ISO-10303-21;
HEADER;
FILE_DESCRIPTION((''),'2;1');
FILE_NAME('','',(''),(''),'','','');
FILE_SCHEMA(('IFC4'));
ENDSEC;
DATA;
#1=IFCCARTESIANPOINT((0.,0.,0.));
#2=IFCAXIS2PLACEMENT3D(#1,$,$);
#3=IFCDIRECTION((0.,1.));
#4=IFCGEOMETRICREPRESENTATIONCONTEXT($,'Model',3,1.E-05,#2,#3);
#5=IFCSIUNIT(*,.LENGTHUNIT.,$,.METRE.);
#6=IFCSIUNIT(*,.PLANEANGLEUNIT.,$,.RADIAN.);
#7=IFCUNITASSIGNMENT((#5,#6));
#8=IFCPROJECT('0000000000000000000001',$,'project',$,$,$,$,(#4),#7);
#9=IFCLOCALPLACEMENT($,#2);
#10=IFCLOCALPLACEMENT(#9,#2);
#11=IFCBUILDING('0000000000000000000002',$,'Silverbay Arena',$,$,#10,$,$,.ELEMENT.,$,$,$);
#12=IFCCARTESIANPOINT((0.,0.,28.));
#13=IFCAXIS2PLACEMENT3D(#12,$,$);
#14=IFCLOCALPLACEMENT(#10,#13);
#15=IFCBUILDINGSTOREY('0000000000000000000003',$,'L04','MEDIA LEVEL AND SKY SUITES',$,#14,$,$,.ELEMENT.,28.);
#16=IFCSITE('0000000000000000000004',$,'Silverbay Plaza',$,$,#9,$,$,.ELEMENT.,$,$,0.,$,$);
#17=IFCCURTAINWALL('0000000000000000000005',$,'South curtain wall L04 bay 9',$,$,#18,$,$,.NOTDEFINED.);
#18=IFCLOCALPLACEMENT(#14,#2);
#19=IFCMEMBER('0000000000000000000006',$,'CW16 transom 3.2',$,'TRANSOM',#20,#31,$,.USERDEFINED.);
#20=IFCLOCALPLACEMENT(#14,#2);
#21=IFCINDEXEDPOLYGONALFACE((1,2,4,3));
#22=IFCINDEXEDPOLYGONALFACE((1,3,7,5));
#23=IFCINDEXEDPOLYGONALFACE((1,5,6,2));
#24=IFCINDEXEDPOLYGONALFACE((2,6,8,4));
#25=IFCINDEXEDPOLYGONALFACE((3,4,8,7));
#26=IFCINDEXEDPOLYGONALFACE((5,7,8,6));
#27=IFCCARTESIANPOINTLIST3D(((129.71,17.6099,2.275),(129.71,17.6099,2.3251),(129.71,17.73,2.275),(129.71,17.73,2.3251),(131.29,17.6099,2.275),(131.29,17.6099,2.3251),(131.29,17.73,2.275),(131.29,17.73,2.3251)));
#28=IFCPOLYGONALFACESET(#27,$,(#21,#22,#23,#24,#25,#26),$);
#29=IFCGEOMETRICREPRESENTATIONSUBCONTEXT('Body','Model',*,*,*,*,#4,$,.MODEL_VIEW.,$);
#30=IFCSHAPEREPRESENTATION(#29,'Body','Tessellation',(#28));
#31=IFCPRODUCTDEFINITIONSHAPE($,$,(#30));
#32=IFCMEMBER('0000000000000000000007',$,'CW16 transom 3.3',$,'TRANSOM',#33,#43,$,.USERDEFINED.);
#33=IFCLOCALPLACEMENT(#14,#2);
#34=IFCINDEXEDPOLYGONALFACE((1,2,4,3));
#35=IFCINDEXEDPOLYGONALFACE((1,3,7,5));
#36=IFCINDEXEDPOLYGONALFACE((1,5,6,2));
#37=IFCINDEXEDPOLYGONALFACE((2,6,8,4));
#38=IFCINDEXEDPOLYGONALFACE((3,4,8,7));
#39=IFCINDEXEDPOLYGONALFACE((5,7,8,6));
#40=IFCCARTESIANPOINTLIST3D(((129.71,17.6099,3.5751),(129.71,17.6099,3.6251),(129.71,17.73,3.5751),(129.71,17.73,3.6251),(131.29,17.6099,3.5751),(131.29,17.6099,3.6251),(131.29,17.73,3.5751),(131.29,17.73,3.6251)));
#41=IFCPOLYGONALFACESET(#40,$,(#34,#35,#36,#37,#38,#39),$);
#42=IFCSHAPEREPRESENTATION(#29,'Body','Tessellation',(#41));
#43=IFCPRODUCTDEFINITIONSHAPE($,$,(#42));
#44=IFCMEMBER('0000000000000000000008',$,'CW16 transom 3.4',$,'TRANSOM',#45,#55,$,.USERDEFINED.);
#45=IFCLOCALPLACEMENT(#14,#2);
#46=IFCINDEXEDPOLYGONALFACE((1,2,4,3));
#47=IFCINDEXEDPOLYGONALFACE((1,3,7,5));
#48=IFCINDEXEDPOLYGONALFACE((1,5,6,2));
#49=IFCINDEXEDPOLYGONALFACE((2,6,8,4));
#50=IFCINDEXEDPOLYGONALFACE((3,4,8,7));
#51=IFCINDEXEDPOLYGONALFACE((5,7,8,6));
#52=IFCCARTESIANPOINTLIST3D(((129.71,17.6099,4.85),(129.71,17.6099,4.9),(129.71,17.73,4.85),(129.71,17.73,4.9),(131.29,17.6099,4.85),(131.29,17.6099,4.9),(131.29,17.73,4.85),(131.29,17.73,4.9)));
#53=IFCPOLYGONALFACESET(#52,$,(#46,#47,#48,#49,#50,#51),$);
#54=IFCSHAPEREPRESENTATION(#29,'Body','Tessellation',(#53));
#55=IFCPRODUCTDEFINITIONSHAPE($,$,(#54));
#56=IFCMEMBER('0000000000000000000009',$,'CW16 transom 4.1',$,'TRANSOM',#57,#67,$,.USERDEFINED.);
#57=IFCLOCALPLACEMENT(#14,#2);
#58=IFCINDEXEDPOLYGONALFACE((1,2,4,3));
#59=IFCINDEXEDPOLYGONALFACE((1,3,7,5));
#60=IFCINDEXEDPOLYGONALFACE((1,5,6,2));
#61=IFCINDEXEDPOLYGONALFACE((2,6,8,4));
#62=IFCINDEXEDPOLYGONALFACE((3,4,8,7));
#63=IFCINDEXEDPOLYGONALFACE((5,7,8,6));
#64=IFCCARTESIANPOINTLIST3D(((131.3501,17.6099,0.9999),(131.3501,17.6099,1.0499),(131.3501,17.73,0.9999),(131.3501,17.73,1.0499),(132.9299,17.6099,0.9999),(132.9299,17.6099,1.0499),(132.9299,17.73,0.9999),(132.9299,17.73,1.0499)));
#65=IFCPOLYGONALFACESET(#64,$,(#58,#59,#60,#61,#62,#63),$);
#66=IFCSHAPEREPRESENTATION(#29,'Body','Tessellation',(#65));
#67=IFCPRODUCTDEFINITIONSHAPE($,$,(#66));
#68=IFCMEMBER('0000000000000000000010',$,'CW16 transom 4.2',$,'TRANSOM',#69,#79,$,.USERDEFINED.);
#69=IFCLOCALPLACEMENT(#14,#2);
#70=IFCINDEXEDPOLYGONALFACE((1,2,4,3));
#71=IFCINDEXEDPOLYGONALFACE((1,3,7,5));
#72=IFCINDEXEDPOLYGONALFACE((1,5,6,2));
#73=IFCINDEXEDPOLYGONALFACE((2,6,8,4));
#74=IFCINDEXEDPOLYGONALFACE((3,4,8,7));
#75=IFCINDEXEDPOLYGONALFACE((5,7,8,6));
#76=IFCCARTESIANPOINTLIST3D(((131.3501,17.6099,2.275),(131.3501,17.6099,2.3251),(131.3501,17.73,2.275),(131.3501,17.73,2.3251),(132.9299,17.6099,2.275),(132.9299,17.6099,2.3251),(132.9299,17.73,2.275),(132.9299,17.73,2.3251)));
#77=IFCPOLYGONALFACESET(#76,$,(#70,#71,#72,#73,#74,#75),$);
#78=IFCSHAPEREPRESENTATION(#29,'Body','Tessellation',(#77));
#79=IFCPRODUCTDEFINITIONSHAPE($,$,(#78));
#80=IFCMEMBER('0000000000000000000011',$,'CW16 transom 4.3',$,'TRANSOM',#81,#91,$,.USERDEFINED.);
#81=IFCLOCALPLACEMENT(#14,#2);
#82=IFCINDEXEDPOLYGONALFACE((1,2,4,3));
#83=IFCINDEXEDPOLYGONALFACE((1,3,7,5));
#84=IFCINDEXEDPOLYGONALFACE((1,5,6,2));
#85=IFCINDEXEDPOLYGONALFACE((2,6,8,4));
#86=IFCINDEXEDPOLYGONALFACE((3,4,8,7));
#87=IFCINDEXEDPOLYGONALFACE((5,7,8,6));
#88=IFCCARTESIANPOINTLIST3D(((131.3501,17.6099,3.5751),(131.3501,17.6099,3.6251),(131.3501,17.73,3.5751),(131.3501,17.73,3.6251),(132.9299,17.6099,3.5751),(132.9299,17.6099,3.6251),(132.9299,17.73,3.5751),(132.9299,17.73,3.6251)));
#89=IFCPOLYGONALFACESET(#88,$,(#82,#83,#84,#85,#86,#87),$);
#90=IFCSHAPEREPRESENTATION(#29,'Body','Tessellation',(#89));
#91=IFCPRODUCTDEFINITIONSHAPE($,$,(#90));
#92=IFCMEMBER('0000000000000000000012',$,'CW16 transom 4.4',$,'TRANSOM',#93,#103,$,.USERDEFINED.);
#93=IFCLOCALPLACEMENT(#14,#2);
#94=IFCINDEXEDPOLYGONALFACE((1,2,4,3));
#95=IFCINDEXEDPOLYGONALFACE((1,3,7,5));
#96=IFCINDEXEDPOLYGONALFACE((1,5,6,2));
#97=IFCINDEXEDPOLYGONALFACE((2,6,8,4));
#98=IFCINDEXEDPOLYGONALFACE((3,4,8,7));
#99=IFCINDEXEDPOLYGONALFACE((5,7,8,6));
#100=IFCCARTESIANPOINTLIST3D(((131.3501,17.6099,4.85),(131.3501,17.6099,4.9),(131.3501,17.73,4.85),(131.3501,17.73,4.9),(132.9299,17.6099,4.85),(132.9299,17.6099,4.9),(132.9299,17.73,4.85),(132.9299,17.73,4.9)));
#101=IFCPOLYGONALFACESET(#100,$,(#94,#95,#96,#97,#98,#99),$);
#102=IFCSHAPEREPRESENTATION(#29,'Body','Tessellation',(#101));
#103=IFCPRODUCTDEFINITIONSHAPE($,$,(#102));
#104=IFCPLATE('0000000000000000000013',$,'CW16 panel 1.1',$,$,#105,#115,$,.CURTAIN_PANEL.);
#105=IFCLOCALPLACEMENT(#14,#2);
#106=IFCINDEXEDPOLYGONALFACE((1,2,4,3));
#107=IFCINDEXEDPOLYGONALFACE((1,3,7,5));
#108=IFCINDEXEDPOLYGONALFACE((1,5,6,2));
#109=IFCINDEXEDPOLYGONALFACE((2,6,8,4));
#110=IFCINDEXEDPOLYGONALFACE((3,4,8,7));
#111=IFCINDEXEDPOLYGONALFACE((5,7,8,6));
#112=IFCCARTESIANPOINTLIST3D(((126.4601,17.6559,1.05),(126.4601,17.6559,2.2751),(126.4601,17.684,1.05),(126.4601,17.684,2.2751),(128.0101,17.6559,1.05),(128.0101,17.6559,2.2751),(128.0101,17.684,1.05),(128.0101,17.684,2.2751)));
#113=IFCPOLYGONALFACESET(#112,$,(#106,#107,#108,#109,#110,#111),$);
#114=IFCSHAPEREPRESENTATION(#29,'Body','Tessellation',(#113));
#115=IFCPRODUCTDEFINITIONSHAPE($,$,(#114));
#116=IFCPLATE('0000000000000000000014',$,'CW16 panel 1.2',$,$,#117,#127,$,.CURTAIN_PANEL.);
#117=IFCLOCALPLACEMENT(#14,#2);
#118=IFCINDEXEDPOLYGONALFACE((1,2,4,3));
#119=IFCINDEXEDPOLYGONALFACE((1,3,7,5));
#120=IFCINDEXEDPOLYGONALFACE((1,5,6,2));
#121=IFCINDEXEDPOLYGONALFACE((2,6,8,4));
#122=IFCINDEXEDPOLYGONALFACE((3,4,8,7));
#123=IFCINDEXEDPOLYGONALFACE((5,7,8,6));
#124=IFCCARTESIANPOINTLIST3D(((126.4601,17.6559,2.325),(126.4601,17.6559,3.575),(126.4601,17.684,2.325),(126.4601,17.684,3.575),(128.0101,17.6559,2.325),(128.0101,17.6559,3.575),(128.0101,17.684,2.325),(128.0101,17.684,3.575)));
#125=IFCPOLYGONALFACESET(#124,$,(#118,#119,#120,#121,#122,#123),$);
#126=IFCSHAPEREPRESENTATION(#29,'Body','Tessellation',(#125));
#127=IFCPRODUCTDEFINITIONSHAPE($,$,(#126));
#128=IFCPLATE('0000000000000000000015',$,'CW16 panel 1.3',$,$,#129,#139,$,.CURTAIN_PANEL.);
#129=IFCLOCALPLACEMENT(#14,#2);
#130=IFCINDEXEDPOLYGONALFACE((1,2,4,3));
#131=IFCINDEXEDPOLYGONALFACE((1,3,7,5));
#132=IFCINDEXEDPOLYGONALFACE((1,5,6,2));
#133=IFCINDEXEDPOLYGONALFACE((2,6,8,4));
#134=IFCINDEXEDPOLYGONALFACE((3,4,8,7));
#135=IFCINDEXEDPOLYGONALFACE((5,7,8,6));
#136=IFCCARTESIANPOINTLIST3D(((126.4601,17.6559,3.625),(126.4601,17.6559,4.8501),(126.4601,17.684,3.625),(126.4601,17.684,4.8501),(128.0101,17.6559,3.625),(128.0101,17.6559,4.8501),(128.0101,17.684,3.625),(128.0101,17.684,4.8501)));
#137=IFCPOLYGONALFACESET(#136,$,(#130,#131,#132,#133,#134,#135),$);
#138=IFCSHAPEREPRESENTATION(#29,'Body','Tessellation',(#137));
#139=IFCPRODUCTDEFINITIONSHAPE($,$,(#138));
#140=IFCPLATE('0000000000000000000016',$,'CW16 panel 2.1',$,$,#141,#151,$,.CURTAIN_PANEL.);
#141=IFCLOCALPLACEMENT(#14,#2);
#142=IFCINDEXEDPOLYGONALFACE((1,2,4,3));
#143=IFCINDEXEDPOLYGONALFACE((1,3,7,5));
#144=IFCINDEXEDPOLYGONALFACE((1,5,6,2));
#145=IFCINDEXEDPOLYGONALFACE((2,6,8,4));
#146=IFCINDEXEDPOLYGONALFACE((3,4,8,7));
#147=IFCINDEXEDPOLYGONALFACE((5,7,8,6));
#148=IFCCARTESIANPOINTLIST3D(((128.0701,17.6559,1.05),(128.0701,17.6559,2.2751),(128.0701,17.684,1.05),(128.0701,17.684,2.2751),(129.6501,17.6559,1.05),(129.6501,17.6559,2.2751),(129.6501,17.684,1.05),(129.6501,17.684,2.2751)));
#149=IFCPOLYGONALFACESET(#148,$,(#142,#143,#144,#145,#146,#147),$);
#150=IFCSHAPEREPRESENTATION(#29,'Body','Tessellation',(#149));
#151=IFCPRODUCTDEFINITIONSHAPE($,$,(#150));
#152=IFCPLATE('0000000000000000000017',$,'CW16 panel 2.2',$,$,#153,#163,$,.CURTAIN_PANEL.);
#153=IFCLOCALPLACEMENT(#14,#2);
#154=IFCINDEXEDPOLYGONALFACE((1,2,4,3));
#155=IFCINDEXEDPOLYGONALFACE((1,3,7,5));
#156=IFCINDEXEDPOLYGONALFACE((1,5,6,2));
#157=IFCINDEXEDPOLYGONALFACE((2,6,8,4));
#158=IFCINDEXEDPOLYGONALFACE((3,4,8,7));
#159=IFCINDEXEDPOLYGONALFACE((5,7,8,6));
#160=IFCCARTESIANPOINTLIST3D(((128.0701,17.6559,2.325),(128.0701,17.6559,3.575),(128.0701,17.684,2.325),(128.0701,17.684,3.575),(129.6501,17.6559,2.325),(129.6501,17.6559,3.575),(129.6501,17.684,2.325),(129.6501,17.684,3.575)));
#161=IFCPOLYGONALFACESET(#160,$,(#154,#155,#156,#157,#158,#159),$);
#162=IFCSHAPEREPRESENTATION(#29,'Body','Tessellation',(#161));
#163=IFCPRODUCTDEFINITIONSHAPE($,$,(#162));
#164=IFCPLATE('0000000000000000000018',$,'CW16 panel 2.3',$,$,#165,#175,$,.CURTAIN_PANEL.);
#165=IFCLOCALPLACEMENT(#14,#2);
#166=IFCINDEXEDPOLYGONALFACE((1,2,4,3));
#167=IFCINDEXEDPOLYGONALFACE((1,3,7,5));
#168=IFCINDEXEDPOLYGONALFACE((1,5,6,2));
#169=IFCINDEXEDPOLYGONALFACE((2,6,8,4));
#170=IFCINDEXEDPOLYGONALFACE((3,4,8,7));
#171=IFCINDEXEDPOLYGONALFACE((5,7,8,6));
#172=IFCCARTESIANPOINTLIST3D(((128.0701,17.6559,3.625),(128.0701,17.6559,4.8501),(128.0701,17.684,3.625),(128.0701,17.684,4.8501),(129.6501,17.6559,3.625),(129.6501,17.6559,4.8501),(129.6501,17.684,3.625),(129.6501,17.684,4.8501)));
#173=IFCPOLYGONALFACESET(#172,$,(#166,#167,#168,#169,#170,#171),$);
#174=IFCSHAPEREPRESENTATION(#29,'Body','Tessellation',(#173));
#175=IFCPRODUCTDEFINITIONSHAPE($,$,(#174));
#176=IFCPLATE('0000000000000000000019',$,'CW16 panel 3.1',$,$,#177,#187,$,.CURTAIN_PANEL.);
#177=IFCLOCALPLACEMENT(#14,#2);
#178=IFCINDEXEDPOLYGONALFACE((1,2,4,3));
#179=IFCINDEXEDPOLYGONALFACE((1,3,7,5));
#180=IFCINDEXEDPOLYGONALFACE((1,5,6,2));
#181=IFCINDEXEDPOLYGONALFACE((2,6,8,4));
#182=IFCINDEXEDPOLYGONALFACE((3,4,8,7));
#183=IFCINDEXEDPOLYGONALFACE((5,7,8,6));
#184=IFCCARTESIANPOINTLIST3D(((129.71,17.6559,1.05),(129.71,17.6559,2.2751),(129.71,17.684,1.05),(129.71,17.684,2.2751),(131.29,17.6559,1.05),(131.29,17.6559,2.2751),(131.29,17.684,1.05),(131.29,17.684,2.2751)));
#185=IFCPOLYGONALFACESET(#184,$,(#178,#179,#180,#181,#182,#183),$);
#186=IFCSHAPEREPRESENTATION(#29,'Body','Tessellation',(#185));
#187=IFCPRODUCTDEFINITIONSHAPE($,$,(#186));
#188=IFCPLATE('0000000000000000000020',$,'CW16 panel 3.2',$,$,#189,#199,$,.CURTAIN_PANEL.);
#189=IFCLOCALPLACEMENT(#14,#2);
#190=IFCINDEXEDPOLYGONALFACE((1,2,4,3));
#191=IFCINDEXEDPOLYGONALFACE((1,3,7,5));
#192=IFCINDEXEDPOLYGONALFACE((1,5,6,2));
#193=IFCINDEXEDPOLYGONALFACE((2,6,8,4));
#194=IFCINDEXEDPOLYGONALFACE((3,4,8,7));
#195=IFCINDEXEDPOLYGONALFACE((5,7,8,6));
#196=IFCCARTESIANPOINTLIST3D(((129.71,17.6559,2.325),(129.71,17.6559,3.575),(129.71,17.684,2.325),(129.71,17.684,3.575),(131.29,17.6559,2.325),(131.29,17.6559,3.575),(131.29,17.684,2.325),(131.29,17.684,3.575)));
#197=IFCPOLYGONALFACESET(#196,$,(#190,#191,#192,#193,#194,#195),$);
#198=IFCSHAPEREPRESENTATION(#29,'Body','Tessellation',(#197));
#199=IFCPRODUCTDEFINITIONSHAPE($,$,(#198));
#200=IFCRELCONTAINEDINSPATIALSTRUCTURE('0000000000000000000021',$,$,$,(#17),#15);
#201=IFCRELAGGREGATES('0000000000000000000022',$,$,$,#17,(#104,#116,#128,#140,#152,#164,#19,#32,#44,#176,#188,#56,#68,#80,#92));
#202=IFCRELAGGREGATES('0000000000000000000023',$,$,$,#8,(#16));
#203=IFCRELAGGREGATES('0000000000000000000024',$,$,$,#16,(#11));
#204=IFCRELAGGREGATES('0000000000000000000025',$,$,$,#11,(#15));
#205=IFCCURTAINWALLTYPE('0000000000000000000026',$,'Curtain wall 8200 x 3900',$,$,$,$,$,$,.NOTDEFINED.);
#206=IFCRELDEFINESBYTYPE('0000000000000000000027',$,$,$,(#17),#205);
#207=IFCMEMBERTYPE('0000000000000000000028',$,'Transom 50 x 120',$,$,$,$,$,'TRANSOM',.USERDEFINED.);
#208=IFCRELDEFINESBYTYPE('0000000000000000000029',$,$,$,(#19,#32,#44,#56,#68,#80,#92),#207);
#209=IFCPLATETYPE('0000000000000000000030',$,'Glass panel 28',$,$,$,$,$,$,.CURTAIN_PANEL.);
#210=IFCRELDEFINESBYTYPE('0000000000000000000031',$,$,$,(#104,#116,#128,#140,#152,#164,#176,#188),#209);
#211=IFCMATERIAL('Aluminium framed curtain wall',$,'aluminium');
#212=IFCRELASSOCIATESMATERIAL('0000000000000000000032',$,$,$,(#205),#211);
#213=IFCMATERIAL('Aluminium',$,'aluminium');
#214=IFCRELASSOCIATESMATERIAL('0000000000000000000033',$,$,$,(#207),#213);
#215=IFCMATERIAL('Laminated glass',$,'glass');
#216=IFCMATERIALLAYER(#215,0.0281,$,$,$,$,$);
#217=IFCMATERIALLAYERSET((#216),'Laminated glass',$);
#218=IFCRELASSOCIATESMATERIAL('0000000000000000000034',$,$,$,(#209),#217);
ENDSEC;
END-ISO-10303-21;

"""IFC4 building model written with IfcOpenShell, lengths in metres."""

from ifc_helpers import new_model, si_unit, direction, frame, origin, origin_2d, place, context, subcontext, project, spatial, rectangle, extrude, material, layer, layer_set, material_profile, profile_set, type_object, element, aggregate, save


model = new_model("IFC4")

# Units and contexts
model_context = context("Model", 3, precision=1e-05, world=origin(), true_north=direction((0.0, 1.0)))
body_context = subcontext(model_context, "Body", "Model", "MODEL_VIEW")
ifc_project = project(units=[si_unit("LENGTHUNIT", "METRE"), si_unit("PLANEANGLEUNIT", "RADIAN")], contexts=[model_context])

# Site, building, storey
site_placement = place(None, origin())
site = spatial("IfcSite", under=ifc_project, at=site_placement, Name="Silverbay Plaza", CompositionType="ELEMENT", RefElevation=0.0)
building_placement = place(site_placement, origin())
building = spatial("IfcBuilding", under=site, at=building_placement, Name="Silverbay Arena", CompositionType="ELEMENT")
storey_placement = place(building_placement, frame((0.0, 0.0, 28.0)))
storey = spatial("IfcBuildingStorey", under=building, at=storey_placement, Name="L04", Description="MEDIA LEVEL AND SKY SUITES", CompositionType="ELEMENT", Elevation=28.0)

# Curtain wall
ifc_material_1 = material(Name="Aluminium framed curtain wall", Category="aluminium")
curtain_wall_type = type_object("IfcCurtainWallType", Name="Curtain wall 8200 x 3900", PredefinedType="NOTDEFINED", material=ifc_material_1)
curtain_wall_placement = place(storey_placement, origin())
curtain_wall = element("IfcCurtainWall", 1, at=curtain_wall_placement, inside=storey, type_object=curtain_wall_type, Name="South curtain wall L04 bay 9", PredefinedType="NOTDEFINED")

# Members
ifc_material_2 = material(Name="Aluminium", Category="aluminium")
ifc_material_profile_1 = material_profile(ifc_material_2, rectangle(XDim=0.1201, YDim=0.05, at=origin_2d()), Name="Transom 50 x 120")
ifc_profile_set_1 = profile_set([ifc_material_profile_1], Name="Aluminium")
member_type_1 = type_object("IfcMemberType", Name="Transom 50 x 120", ElementType="TRANSOM", PredefinedType="USERDEFINED", material=ifc_profile_set_1)
member_1_placement = place(storey_placement, frame((129.71, 17.6699, 2.3), z_axis=(1.0, 0.0, 0.0), x_axis=(0.0, 1.0, 0.0)))
member_1 = element("IfcMember", 2, at=member_1_placement, type_object=member_type_1, Name="CW16 transom 3.2", ObjectType="TRANSOM", PredefinedType="USERDEFINED", context=body_context, shape_type="SweptSolid", body=[
    extrude(rectangle(XDim=0.1201, YDim=0.05, at=origin_2d()), origin(), (0.0, 0.0, 1.0), 1.5801),
])
member_2_placement = place(storey_placement, frame((129.71, 17.6699, 3.6001), z_axis=(1.0, 0.0, 0.0), x_axis=(0.0, 1.0, 0.0)))
member_2 = element("IfcMember", 3, at=member_2_placement, type_object=member_type_1, Name="CW16 transom 3.3", ObjectType="TRANSOM", PredefinedType="USERDEFINED", context=body_context, shape_type="SweptSolid", body=[
    extrude(rectangle(XDim=0.1201, YDim=0.05, at=origin_2d()), origin(), (0.0, 0.0, 1.0), 1.5801),
])
member_3_placement = place(storey_placement, frame((129.71, 17.6699, 4.875), z_axis=(1.0, 0.0, 0.0), x_axis=(0.0, 1.0, 0.0)))
member_3 = element("IfcMember", 4, at=member_3_placement, type_object=member_type_1, Name="CW16 transom 3.4", ObjectType="TRANSOM", PredefinedType="USERDEFINED", context=body_context, shape_type="SweptSolid", body=[
    extrude(rectangle(XDim=0.1201, YDim=0.05, at=origin_2d()), origin(), (0.0, 0.0, 1.0), 1.5801),
])
member_4_placement = place(storey_placement, frame((131.3501, 17.6699, 1.0249), z_axis=(1.0, 0.0, 0.0), x_axis=(0.0, 1.0, 0.0)))
member_4 = element("IfcMember", 5, at=member_4_placement, type_object=member_type_1, Name="CW16 transom 4.1", ObjectType="TRANSOM", PredefinedType="USERDEFINED", context=body_context, shape_type="SweptSolid", body=[
    extrude(rectangle(XDim=0.1201, YDim=0.05, at=origin_2d()), origin(), (0.0, 0.0, 1.0), 1.5798),
])
member_5_placement = place(storey_placement, frame((131.3501, 17.6699, 2.3), z_axis=(1.0, 0.0, 0.0), x_axis=(0.0, 1.0, 0.0)))
member_5 = element("IfcMember", 6, at=member_5_placement, type_object=member_type_1, Name="CW16 transom 4.2", ObjectType="TRANSOM", PredefinedType="USERDEFINED", context=body_context, shape_type="SweptSolid", body=[
    extrude(rectangle(XDim=0.1201, YDim=0.05, at=origin_2d()), origin(), (0.0, 0.0, 1.0), 1.5798),
])
member_6_placement = place(storey_placement, frame((131.3501, 17.6699, 3.6001), z_axis=(1.0, 0.0, 0.0), x_axis=(0.0, 1.0, 0.0)))
member_6 = element("IfcMember", 7, at=member_6_placement, type_object=member_type_1, Name="CW16 transom 4.3", ObjectType="TRANSOM", PredefinedType="USERDEFINED", context=body_context, shape_type="SweptSolid", body=[
    extrude(rectangle(XDim=0.1201, YDim=0.05, at=origin_2d()), origin(), (0.0, 0.0, 1.0), 1.5798),
])
member_7_placement = place(storey_placement, frame((131.3501, 17.6699, 4.875), z_axis=(1.0, 0.0, 0.0), x_axis=(0.0, 1.0, 0.0)))
member_7 = element("IfcMember", 8, at=member_7_placement, type_object=member_type_1, Name="CW16 transom 4.4", ObjectType="TRANSOM", PredefinedType="USERDEFINED", context=body_context, shape_type="SweptSolid", body=[
    extrude(rectangle(XDim=0.1201, YDim=0.05, at=origin_2d()), origin(), (0.0, 0.0, 1.0), 1.5798),
])

# Plates
ifc_material_3 = material(Name="Laminated glass", Category="glass")
ifc_layer_1 = layer(ifc_material_3, 0.0281)
ifc_layer_set_1 = layer_set([ifc_layer_1], Name="Laminated glass")
plate_type = type_object("IfcPlateType", Name="Glass panel 28", PredefinedType="CURTAIN_PANEL", material=ifc_layer_set_1)
plate_1_placement = place(storey_placement, frame((127.2351, 17.6699, 1.05), z_axis=(0.0, 0.0, 1.0), x_axis=(1.0, 0.0, 0.0)))
plate_1 = element("IfcPlate", 9, at=plate_1_placement, type_object=plate_type, Name="CW16 panel 1.1", PredefinedType="CURTAIN_PANEL", context=body_context, shape_type="SweptSolid", body=[
    extrude(rectangle(XDim=1.55, YDim=0.0281, at=origin_2d()), origin(), (0.0, 0.0, 1.0), 1.2251),
])
plate_2_placement = place(storey_placement, frame((127.2351, 17.6699, 2.325), z_axis=(0.0, 0.0, 1.0), x_axis=(1.0, 0.0, 0.0)))
plate_2 = element("IfcPlate", 10, at=plate_2_placement, type_object=plate_type, Name="CW16 panel 1.2", PredefinedType="CURTAIN_PANEL", context=body_context, shape_type="SweptSolid", body=[
    extrude(rectangle(XDim=1.55, YDim=0.0281, at=origin_2d()), origin(), (0.0, 0.0, 1.0), 1.25),
])
plate_3_placement = place(storey_placement, frame((127.2351, 17.6699, 3.625), z_axis=(0.0, 0.0, 1.0), x_axis=(1.0, 0.0, 0.0)))
plate_3 = element("IfcPlate", 11, at=plate_3_placement, type_object=plate_type, Name="CW16 panel 1.3", PredefinedType="CURTAIN_PANEL", context=body_context, shape_type="SweptSolid", body=[
    extrude(rectangle(XDim=1.55, YDim=0.0281, at=origin_2d()), origin(), (0.0, 0.0, 1.0), 1.2251),
])
plate_4_placement = place(storey_placement, frame((128.8601, 17.6699, 1.05), z_axis=(0.0, 0.0, 1.0), x_axis=(1.0, 0.0, 0.0)))
plate_4 = element("IfcPlate", 12, at=plate_4_placement, type_object=plate_type, Name="CW16 panel 2.1", PredefinedType="CURTAIN_PANEL", context=body_context, shape_type="SweptSolid", body=[
    extrude(rectangle(XDim=1.5801, YDim=0.0281, at=origin_2d()), origin(), (0.0, 0.0, 1.0), 1.2251),
])
plate_5_placement = place(storey_placement, frame((128.8601, 17.6699, 2.325), z_axis=(0.0, 0.0, 1.0), x_axis=(1.0, 0.0, 0.0)))
plate_5 = element("IfcPlate", 13, at=plate_5_placement, type_object=plate_type, Name="CW16 panel 2.2", PredefinedType="CURTAIN_PANEL", context=body_context, shape_type="SweptSolid", body=[
    extrude(rectangle(XDim=1.5801, YDim=0.0281, at=origin_2d()), origin(), (0.0, 0.0, 1.0), 1.25),
])
plate_6_placement = place(storey_placement, frame((128.8601, 17.6699, 3.625), z_axis=(0.0, 0.0, 1.0), x_axis=(1.0, 0.0, 0.0)))
plate_6 = element("IfcPlate", 14, at=plate_6_placement, type_object=plate_type, Name="CW16 panel 2.3", PredefinedType="CURTAIN_PANEL", context=body_context, shape_type="SweptSolid", body=[
    extrude(rectangle(XDim=1.5801, YDim=0.0281, at=origin_2d()), origin(), (0.0, 0.0, 1.0), 1.2251),
])
plate_7_placement = place(storey_placement, frame((130.5, 17.6699, 1.05), z_axis=(0.0, 0.0, 1.0), x_axis=(1.0, 0.0, 0.0)))
plate_7 = element("IfcPlate", 15, at=plate_7_placement, type_object=plate_type, Name="CW16 panel 3.1", PredefinedType="CURTAIN_PANEL", context=body_context, shape_type="SweptSolid", body=[
    extrude(rectangle(XDim=1.5801, YDim=0.0281, at=origin_2d()), origin(), (0.0, 0.0, 1.0), 1.2251),
])
plate_8_placement = place(storey_placement, frame((130.5, 17.6699, 2.325), z_axis=(0.0, 0.0, 1.0), x_axis=(1.0, 0.0, 0.0)))
plate_8 = element("IfcPlate", 16, at=plate_8_placement, type_object=plate_type, Name="CW16 panel 3.2", PredefinedType="CURTAIN_PANEL", context=body_context, shape_type="SweptSolid", body=[
    extrude(rectangle(XDim=1.5801, YDim=0.0281, at=origin_2d()), origin(), (0.0, 0.0, 1.0), 1.25),
])
aggregate(curtain_wall, [plate_1, plate_2, plate_3, plate_4, plate_5, plate_6, member_1, member_2, member_3, plate_7, plate_8, member_4, member_5, member_6, member_7])

save(model, "model.ifc")
